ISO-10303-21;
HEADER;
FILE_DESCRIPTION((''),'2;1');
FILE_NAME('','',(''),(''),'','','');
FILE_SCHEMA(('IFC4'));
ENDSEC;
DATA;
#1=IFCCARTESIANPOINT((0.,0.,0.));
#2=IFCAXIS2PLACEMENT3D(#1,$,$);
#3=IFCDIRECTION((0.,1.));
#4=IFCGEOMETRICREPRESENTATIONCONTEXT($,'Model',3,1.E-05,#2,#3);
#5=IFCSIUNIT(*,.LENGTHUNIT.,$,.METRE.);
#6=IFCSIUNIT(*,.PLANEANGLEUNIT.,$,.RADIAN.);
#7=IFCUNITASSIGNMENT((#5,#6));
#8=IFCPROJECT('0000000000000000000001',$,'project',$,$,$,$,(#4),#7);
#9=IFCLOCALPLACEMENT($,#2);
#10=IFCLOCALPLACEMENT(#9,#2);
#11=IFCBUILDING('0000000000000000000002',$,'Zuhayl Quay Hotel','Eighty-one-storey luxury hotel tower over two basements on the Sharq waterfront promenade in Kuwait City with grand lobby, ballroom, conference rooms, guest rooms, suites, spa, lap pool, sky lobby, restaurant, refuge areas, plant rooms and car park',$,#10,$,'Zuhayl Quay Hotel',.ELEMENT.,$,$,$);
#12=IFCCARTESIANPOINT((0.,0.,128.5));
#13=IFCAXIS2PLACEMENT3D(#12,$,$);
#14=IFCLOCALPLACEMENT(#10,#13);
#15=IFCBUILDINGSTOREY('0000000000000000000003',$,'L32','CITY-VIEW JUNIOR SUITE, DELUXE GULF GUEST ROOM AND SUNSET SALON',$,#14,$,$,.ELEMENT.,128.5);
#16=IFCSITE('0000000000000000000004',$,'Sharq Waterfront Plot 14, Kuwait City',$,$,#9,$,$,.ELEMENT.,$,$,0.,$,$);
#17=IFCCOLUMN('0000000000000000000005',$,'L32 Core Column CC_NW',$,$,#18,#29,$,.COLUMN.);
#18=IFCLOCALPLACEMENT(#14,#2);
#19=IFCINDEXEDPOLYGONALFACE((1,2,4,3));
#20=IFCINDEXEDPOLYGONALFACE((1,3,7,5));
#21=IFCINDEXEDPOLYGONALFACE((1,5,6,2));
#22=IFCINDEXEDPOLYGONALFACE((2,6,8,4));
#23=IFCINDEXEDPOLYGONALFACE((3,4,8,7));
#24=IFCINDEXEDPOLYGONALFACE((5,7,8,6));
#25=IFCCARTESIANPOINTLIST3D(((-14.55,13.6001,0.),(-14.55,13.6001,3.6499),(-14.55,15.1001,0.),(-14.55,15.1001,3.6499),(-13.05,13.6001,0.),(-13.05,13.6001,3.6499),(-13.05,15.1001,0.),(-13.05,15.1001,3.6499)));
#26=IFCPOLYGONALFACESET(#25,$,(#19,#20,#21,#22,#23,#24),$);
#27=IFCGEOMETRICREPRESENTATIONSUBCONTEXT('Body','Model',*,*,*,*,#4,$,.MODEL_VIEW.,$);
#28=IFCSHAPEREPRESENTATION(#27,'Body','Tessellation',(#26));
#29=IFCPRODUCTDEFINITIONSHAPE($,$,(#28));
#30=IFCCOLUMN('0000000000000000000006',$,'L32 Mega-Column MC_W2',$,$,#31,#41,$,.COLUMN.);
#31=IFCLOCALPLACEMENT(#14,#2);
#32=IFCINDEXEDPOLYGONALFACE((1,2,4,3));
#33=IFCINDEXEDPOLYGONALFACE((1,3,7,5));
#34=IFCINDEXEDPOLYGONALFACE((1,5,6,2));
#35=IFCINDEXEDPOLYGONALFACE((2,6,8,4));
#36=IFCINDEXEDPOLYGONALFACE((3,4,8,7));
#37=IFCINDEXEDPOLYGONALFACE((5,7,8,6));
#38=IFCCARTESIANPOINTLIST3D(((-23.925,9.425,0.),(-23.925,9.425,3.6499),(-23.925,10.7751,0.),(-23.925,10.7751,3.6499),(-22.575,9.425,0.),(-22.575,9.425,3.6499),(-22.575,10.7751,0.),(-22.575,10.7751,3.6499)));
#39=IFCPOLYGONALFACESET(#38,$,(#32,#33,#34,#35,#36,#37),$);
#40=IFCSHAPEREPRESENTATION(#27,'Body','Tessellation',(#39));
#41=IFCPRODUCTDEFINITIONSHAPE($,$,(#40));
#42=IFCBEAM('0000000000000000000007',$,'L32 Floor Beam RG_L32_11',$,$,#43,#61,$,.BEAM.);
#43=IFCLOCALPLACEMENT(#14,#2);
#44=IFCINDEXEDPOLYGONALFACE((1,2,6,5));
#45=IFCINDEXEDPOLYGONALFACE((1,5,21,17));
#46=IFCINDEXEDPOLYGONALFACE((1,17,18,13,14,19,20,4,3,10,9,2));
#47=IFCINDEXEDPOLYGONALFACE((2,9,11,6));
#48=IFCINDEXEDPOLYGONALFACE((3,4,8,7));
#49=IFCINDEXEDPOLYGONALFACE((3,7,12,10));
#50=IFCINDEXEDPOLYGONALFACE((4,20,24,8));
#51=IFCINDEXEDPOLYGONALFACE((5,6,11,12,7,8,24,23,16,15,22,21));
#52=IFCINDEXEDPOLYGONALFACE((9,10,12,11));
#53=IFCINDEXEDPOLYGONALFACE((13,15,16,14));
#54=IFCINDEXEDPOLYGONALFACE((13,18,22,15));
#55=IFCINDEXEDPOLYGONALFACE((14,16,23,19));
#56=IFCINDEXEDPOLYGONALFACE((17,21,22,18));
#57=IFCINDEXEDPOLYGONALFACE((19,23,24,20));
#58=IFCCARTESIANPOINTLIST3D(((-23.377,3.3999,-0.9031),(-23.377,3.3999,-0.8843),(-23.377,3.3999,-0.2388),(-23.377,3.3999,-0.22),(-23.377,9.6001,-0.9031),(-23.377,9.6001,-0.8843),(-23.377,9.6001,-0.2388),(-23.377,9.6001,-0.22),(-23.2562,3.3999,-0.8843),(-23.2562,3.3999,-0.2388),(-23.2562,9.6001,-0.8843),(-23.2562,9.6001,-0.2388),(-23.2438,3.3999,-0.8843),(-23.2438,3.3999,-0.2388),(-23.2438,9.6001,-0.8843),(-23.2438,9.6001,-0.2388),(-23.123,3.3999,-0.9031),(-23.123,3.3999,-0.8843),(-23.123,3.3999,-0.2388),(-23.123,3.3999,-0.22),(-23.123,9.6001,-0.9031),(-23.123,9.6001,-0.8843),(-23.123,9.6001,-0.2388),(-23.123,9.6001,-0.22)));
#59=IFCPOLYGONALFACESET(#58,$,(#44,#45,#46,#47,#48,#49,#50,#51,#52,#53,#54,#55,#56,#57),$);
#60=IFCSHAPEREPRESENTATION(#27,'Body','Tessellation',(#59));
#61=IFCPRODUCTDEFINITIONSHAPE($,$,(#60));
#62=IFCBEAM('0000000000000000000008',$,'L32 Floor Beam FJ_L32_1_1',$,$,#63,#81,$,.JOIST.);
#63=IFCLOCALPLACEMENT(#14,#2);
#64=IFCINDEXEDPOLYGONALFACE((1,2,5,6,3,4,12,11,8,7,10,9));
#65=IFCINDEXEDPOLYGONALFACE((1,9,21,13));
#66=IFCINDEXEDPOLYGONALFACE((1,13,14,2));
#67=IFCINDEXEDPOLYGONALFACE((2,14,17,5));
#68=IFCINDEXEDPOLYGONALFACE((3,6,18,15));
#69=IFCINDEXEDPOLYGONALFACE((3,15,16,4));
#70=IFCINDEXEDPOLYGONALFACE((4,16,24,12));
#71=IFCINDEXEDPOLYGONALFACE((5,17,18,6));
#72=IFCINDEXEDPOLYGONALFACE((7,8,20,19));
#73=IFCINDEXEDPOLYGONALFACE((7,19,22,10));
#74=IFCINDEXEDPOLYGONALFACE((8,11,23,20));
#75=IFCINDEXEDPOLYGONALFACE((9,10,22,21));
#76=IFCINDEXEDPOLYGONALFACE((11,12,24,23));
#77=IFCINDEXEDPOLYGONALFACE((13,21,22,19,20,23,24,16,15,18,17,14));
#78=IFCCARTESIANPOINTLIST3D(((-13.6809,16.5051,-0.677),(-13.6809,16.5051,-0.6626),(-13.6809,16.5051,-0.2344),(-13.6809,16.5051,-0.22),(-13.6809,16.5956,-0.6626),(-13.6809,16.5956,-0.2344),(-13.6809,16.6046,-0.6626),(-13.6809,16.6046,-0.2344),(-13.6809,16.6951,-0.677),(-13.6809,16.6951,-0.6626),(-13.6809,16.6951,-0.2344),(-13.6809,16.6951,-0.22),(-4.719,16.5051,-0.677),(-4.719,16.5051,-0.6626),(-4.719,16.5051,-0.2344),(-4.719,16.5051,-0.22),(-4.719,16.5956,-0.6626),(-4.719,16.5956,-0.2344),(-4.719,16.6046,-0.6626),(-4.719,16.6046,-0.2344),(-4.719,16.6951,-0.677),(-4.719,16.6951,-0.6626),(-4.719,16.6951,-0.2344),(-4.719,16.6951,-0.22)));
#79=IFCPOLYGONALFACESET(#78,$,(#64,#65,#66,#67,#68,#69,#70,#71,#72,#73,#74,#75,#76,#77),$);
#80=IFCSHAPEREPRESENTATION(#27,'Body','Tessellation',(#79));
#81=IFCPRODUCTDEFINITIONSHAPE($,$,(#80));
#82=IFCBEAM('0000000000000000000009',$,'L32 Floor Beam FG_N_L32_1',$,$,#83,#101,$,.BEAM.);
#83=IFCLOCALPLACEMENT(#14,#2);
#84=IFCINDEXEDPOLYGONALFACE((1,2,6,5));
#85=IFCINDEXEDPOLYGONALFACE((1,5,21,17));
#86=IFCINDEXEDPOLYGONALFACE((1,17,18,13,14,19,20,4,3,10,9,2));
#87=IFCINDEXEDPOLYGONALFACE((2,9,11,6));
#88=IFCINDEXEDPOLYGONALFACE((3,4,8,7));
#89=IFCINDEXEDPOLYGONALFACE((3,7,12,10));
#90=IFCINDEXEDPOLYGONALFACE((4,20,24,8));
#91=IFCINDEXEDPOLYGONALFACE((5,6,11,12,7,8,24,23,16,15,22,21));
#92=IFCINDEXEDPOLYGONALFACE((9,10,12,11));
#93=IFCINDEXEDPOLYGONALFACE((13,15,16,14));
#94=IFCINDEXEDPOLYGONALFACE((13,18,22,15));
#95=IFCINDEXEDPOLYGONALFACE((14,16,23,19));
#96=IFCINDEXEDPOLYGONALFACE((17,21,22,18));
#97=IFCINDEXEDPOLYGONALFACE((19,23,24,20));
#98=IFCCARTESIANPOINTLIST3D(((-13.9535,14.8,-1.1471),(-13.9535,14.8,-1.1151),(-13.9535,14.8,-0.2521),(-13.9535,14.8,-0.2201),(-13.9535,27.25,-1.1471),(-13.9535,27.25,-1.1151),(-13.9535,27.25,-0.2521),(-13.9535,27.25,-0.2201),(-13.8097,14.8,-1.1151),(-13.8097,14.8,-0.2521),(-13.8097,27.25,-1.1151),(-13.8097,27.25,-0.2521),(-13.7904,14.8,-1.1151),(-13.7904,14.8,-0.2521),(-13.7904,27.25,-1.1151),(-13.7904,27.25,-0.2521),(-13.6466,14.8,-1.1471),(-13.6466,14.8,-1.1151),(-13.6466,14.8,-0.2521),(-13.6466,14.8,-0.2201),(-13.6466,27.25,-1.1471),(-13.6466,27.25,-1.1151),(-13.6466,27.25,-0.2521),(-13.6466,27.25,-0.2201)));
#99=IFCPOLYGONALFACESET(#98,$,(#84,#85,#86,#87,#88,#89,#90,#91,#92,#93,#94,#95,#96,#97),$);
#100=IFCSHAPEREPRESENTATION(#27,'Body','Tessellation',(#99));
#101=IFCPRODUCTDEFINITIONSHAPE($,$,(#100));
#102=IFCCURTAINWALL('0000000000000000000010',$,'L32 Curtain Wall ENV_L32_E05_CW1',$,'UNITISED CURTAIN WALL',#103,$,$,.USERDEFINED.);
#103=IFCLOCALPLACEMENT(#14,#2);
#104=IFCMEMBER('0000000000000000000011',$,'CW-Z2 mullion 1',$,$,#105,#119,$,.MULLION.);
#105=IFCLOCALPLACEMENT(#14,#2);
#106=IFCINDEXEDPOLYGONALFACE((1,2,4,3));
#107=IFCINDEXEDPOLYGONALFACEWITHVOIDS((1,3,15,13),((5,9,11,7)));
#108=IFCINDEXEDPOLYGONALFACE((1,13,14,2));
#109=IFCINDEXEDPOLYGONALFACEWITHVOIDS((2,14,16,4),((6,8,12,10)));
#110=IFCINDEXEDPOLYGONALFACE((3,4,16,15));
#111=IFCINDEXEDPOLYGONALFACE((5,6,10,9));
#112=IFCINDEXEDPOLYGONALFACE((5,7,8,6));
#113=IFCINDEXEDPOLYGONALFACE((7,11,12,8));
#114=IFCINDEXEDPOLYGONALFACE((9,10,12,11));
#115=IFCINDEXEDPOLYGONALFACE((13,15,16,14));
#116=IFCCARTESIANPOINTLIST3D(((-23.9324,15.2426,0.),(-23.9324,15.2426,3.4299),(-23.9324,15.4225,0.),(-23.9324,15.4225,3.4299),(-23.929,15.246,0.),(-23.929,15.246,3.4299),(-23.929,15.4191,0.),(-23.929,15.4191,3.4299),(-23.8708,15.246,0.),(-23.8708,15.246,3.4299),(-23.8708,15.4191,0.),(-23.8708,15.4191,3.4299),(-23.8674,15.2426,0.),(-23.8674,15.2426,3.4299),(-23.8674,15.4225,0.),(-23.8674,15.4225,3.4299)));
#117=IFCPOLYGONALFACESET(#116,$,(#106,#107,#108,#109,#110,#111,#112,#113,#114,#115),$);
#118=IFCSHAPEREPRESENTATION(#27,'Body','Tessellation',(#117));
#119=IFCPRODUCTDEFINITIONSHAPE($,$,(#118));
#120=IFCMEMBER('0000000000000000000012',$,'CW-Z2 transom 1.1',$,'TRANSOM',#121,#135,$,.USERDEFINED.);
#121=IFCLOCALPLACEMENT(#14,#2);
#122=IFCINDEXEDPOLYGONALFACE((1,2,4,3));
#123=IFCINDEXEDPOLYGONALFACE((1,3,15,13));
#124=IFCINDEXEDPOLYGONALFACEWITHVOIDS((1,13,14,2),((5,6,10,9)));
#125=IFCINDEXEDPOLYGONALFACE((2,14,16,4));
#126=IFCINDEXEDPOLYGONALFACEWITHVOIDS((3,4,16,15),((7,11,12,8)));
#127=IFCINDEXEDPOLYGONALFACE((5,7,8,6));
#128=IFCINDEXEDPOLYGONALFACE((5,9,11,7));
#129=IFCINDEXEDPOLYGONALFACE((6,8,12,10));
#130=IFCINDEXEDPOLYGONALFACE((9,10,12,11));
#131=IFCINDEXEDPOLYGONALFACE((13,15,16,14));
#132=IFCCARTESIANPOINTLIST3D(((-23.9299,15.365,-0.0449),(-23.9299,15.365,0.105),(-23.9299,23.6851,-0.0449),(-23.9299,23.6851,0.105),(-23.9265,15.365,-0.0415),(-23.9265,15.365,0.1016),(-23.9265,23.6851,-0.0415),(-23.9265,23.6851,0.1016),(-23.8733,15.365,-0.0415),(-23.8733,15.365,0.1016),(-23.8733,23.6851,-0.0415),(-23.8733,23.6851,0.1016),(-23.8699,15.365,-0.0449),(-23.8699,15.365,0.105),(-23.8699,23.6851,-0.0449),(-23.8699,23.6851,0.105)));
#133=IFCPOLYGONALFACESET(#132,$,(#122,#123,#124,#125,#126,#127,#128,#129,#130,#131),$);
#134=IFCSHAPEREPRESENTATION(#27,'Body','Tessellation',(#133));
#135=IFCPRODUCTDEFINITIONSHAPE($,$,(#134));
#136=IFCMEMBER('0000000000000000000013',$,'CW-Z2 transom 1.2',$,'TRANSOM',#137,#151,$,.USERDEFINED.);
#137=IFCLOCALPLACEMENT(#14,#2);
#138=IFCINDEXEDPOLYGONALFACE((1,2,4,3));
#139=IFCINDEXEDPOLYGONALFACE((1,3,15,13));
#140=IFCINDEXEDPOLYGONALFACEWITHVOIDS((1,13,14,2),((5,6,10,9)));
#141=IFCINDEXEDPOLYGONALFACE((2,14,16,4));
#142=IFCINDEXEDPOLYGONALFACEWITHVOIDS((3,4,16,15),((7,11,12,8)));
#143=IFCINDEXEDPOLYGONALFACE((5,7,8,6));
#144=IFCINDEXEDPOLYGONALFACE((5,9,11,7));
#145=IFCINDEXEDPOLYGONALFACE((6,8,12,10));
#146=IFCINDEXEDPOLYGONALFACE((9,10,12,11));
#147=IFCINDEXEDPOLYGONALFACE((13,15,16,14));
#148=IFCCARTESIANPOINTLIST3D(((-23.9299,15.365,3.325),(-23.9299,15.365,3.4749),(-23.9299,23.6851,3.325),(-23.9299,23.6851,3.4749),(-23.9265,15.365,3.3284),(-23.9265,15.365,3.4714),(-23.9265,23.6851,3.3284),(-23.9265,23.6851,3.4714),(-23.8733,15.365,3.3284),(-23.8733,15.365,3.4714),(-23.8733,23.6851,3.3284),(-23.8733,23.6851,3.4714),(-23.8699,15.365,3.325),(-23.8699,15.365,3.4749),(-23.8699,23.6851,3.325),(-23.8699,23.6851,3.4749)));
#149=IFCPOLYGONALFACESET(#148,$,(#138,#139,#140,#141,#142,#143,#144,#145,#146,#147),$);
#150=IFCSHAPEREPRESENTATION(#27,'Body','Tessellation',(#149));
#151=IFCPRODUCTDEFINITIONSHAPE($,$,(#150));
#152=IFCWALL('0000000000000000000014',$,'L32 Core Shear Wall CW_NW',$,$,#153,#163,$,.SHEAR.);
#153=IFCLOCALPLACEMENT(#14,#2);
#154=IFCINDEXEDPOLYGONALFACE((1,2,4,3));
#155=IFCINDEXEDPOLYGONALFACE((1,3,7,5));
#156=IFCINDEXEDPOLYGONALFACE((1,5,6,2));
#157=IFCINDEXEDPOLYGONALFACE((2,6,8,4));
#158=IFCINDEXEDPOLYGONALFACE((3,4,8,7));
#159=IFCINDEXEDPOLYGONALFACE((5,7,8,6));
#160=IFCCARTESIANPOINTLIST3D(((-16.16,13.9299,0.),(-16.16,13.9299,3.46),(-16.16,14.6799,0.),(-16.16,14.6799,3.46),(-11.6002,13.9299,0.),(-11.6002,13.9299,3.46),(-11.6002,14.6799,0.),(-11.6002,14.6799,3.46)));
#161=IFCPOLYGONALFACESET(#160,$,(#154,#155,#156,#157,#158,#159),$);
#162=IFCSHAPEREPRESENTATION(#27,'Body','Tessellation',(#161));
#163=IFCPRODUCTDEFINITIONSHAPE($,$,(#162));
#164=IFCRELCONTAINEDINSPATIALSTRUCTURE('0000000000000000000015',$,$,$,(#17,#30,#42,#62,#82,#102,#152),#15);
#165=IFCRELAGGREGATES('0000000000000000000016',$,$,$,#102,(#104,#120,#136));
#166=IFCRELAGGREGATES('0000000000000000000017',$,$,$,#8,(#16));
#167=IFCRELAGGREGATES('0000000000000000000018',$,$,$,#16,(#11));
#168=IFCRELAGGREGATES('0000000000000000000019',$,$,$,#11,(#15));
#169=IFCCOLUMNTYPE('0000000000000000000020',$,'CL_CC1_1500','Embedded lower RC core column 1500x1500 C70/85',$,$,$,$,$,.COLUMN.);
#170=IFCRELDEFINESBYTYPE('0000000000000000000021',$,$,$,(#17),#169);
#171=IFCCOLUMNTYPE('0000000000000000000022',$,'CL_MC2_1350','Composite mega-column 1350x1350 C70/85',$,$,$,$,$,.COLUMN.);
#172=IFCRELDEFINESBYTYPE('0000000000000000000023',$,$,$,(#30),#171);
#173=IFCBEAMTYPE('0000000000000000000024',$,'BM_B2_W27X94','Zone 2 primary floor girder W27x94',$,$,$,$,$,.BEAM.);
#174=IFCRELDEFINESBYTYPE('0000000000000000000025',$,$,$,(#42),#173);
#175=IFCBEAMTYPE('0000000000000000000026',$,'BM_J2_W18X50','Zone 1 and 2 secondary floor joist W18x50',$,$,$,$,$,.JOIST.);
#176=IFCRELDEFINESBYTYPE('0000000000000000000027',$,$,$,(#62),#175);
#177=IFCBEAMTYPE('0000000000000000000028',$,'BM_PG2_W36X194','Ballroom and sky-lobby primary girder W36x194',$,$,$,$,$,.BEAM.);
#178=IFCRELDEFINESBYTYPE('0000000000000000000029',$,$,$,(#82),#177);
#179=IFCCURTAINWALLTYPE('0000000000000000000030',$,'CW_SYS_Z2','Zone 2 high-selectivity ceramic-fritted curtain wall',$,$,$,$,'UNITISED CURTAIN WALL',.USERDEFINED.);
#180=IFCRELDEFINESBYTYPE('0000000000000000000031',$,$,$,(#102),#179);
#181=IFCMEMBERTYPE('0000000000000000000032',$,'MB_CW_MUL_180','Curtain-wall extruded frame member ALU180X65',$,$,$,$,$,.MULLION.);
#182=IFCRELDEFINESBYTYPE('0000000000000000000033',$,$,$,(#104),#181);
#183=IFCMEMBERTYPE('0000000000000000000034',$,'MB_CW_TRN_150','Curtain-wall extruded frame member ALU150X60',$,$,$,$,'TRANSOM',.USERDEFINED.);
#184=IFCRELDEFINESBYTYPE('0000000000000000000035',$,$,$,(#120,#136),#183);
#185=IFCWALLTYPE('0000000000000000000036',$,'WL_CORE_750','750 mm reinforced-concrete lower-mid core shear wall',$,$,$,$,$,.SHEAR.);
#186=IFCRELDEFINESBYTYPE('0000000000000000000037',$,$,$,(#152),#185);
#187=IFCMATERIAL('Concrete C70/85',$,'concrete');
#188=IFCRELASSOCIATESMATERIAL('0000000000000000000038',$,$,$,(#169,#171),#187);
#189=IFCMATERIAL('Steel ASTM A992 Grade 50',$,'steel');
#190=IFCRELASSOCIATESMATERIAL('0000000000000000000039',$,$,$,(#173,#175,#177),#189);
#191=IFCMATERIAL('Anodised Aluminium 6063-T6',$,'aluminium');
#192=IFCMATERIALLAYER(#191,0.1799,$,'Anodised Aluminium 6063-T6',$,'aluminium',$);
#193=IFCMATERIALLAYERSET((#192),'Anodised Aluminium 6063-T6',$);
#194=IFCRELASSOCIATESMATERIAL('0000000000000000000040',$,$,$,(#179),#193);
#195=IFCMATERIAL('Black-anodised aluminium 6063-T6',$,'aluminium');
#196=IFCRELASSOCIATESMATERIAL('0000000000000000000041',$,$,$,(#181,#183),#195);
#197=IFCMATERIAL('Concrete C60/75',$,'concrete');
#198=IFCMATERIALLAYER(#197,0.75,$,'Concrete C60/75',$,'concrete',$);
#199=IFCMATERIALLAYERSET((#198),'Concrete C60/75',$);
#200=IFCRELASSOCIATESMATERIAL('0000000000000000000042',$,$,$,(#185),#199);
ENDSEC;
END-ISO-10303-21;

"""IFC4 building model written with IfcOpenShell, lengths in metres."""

from ifc_helpers import new_model, si_unit, direction, frame, frame_2d, origin, origin_2d, place, context, subcontext, project, spatial, rectangle, hollow_rectangle, i_section, extrude, material, layer, layer_set, material_profile, profile_set, type_object, element, aggregate, save


model = new_model("IFC4")

# Units and contexts
model_context = context("Model", 3, precision=1e-05, world=origin(), true_north=direction((0.0, 1.0)))
body_context = subcontext(model_context, "Body", "Model", "MODEL_VIEW")
ifc_project = project(units=[si_unit("LENGTHUNIT", "METRE"), si_unit("PLANEANGLEUNIT", "RADIAN")], contexts=[model_context])

# Site, building, storey
site_placement = place(None, origin())
site = spatial("IfcSite", under=ifc_project, at=site_placement, Name="Sharq Waterfront Plot 14, Kuwait City", CompositionType="ELEMENT", RefElevation=0.0)
building_placement = place(site_placement, origin())
building = spatial("IfcBuilding", under=site, at=building_placement, Name="Zuhayl Quay Hotel", Description="Eighty-one-storey luxury hotel tower over two basements on the Sharq waterfront promenade in Kuwait City with grand lobby, ballroom, conference rooms, guest rooms, suites, spa, lap pool, sky lobby, restaurant, refuge areas, plant rooms and car park", LongName="Zuhayl Quay Hotel", CompositionType="ELEMENT")
storey_placement = place(building_placement, frame((0.0, 0.0, 128.5)))
storey = spatial("IfcBuildingStorey", under=building, at=storey_placement, Name="L32", Description="CITY-VIEW JUNIOR SUITE, DELUXE GULF GUEST ROOM AND SUNSET SALON", CompositionType="ELEMENT", Elevation=128.5)

# Columns
ifc_material_1 = material(Name="Concrete C70/85", Category="concrete")
ifc_material_profile_1 = material_profile(ifc_material_1, rectangle(XDim=1.5, YDim=1.5, at=origin_2d()), Name="RC1500X1500")
ifc_profile_set_1 = profile_set([ifc_material_profile_1], Name="Concrete C70/85")
column_type_1 = type_object("IfcColumnType", Name="CL_CC1_1500", Description="Embedded lower RC core column 1500x1500 C70/85", PredefinedType="COLUMN", material=ifc_profile_set_1)
column_1_placement = place(storey_placement, frame((-13.8, 14.3501, 0.0), z_axis=(0.0, 0.0, 1.0), x_axis=(1.0, 0.0, 0.0)))
element("IfcColumn", 1, at=column_1_placement, inside=storey, type_object=column_type_1, Name="L32 Core Column CC_NW", PredefinedType="COLUMN", context=body_context, shape_type="SweptSolid", body=[
    extrude(rectangle(XDim=1.5, YDim=1.5, at=origin_2d()), origin(), (0.0, 0.0, 1.0), 3.6499),
])
ifc_material_profile_2 = material_profile(ifc_material_1, rectangle(XDim=1.3501, YDim=1.3501, at=origin_2d()), Name="RC1350X1350")
ifc_profile_set_2 = profile_set([ifc_material_profile_2], Name="Concrete C70/85")
column_type_2 = type_object("IfcColumnType", Name="CL_MC2_1350", Description="Composite mega-column 1350x1350 C70/85", PredefinedType="COLUMN", material=ifc_profile_set_2)
column_2_placement = place(storey_placement, frame((-23.25, 10.1001, 0.0), z_axis=(0.0, 0.0, 1.0), x_axis=(1.0, 0.0, 0.0)))
element("IfcColumn", 2, at=column_2_placement, inside=storey, type_object=column_type_2, Name="L32 Mega-Column MC_W2", PredefinedType="COLUMN", context=body_context, shape_type="SweptSolid", body=[
    extrude(rectangle(XDim=1.3501, YDim=1.3501, at=origin_2d()), origin(), (0.0, 0.0, 1.0), 3.6499),
])

# Beams
ifc_material_2 = material(Name="Steel ASTM A992 Grade 50", Category="steel")
ifc_material_profile_3 = material_profile(ifc_material_2, i_section(OverallWidth=0.2539, OverallDepth=0.6831, WebThickness=0.0125, FlangeThickness=0.0188, at=origin_2d()), Name="W27X94")
ifc_profile_set_3 = profile_set([ifc_material_profile_3], Name="Steel ASTM A992 Grade 50")
beam_type_1 = type_object("IfcBeamType", Name="BM_B2_W27X94", Description="Zone 2 primary floor girder W27x94", PredefinedType="BEAM", material=ifc_profile_set_3)
beam_1_placement = place(storey_placement, frame((-23.25, 9.6001, -0.5615), z_axis=(0.0, -1.0, 0.0), x_axis=(1.0, 0.0, 0.0)))
element("IfcBeam", 3, at=beam_1_placement, inside=storey, type_object=beam_type_1, Name="L32 Floor Beam RG_L32_11", PredefinedType="BEAM", context=body_context, shape_type="SweptSolid", body=[
    extrude(i_section(OverallWidth=0.2539, OverallDepth=0.6831, WebThickness=0.0125, FlangeThickness=0.0188, at=origin_2d()), origin(), (0.0, 0.0, 1.0), 6.2002),
])
ifc_material_profile_4 = material_profile(ifc_material_2, i_section(OverallWidth=0.1899, OverallDepth=0.457, WebThickness=0.009, FlangeThickness=0.0144, at=origin_2d()), Name="W18X50")
ifc_profile_set_4 = profile_set([ifc_material_profile_4], Name="Steel ASTM A992 Grade 50")
beam_type_2 = type_object("IfcBeamType", Name="BM_J2_W18X50", Description="Zone 1 and 2 secondary floor joist W18x50", PredefinedType="JOIST", material=ifc_profile_set_4)
beam_2_placement = place(storey_placement, frame((-13.6809, 16.6001, -0.4485), z_axis=(1.0, 0.0, 0.0), x_axis=(0.0, 1.0, 0.0)))
element("IfcBeam", 4, at=beam_2_placement, inside=storey, type_object=beam_type_2, Name="L32 Floor Beam FJ_L32_1_1", PredefinedType="JOIST", context=body_context, shape_type="SweptSolid", body=[
    extrude(i_section(OverallWidth=0.1899, OverallDepth=0.457, WebThickness=0.009, FlangeThickness=0.0144, at=origin_2d()), origin(), (0.0, 0.0, 1.0), 8.9619),
])
ifc_material_profile_5 = material_profile(ifc_material_2, i_section(OverallWidth=0.3069, OverallDepth=0.927, WebThickness=0.0193, FlangeThickness=0.032, at=origin_2d()), Name="W36X194")
ifc_profile_set_5 = profile_set([ifc_material_profile_5], Name="Steel ASTM A992 Grade 50")
beam_type_3 = type_object("IfcBeamType", Name="BM_PG2_W36X194", Description="Ballroom and sky-lobby primary girder W36x194", PredefinedType="BEAM", material=ifc_profile_set_5)
beam_3_placement = place(storey_placement, frame((-13.8, 14.8, -0.6836), z_axis=(0.0, 1.0, 0.0), x_axis=(-1.0, 0.0, 0.0)))
element("IfcBeam", 5, at=beam_3_placement, inside=storey, type_object=beam_type_3, Name="L32 Floor Beam FG_N_L32_1", PredefinedType="BEAM", context=body_context, shape_type="SweptSolid", body=[
    extrude(i_section(OverallWidth=0.3069, OverallDepth=0.927, WebThickness=0.0193, FlangeThickness=0.032, at=origin_2d()), origin(), (0.0, 0.0, 1.0), 12.45),
])

# Curtain wall, members
ifc_material_3 = material(Name="Anodised Aluminium 6063-T6", Category="aluminium")
ifc_layer_1 = layer(ifc_material_3, 0.1799, Name="Anodised Aluminium 6063-T6", Category="aluminium")
ifc_layer_set_1 = layer_set([ifc_layer_1], Name="Anodised Aluminium 6063-T6")
curtain_wall_type = type_object("IfcCurtainWallType", Name="CW_SYS_Z2", Description="Zone 2 high-selectivity ceramic-fritted curtain wall", ElementType="UNITISED CURTAIN WALL", PredefinedType="USERDEFINED", material=ifc_layer_set_1)
curtain_wall_placement = place(storey_placement, origin())
curtain_wall = element("IfcCurtainWall", 6, at=curtain_wall_placement, inside=storey, type_object=curtain_wall_type, Name="L32 Curtain Wall ENV_L32_E05_CW1", ObjectType="UNITISED CURTAIN WALL", PredefinedType="USERDEFINED")
ifc_material_4 = material(Name="Black-anodised aluminium 6063-T6", Category="aluminium")
ifc_material_profile_6 = material_profile(ifc_material_4, hollow_rectangle(XDim=0.0649, YDim=0.1799, WallThickness=0.0034, at=origin_2d()), Name="ALU180X65")
ifc_profile_set_6 = profile_set([ifc_material_profile_6], Name="Black-anodised aluminium 6063-T6")
member_type_1 = type_object("IfcMemberType", Name="MB_CW_MUL_180", Description="Curtain-wall extruded frame member ALU180X65", PredefinedType="MULLION", material=ifc_profile_set_6)
member_1_placement = place(storey_placement, frame((-23.8999, 15.3325, 0.0), z_axis=(0.0, 0.0, 1.0), x_axis=(-1.0, 0.0, 0.0)))
member_1 = element("IfcMember", 7, at=member_1_placement, type_object=member_type_1, Name="CW-Z2 mullion 1", PredefinedType="MULLION", context=body_context, shape_type="SweptSolid", body=[
    extrude(hollow_rectangle(XDim=0.0649, YDim=0.1799, WallThickness=0.0034, at=origin_2d()), origin(), (0.0, 0.0, 1.0), 3.4299),
])
ifc_material_profile_7 = material_profile(ifc_material_4, hollow_rectangle(XDim=0.0601, YDim=0.1499, WallThickness=0.0034, at=origin_2d()), Name="ALU150X60")
ifc_profile_set_7 = profile_set([ifc_material_profile_7], Name="Black-anodised aluminium 6063-T6")
member_type_2 = type_object("IfcMemberType", Name="MB_CW_TRN_150", Description="Curtain-wall extruded frame member ALU150X60", ElementType="TRANSOM", PredefinedType="USERDEFINED", material=ifc_profile_set_7)
member_2_placement = place(storey_placement, frame((-23.8999, 15.365, 0.03), z_axis=(0.0, 1.0, 0.0), x_axis=(-1.0, 0.0, 0.0)))
member_2 = element("IfcMember", 8, at=member_2_placement, type_object=member_type_2, Name="CW-Z2 transom 1.1", ObjectType="TRANSOM", PredefinedType="USERDEFINED", context=body_context, shape_type="SweptSolid", body=[
    extrude(hollow_rectangle(XDim=0.0601, YDim=0.1499, WallThickness=0.0034, at=origin_2d()), origin(), (0.0, 0.0, 1.0), 8.3201),
])
member_3_placement = place(storey_placement, frame((-23.8999, 15.365, 3.3999), z_axis=(0.0, 1.0, 0.0), x_axis=(-1.0, 0.0, 0.0)))
member_3 = element("IfcMember", 9, at=member_3_placement, type_object=member_type_2, Name="CW-Z2 transom 1.2", ObjectType="TRANSOM", PredefinedType="USERDEFINED", context=body_context, shape_type="SweptSolid", body=[
    extrude(hollow_rectangle(XDim=0.0601, YDim=0.1499, WallThickness=0.0034, at=origin_2d()), origin(), (0.0, 0.0, 1.0), 8.3201),
])
aggregate(curtain_wall, [member_1, member_2, member_3])

# Wall
ifc_material_5 = material(Name="Concrete C60/75", Category="concrete")
ifc_layer_2 = layer(ifc_material_5, 0.75, Name="Concrete C60/75", Category="concrete")
ifc_layer_set_2 = layer_set([ifc_layer_2], Name="Concrete C60/75")
wall_type_1 = type_object("IfcWallType", Name="WL_CORE_750", Description="750 mm reinforced-concrete lower-mid core shear wall", PredefinedType="SHEAR", material=ifc_layer_set_2)
wall_1_placement = place(storey_placement, frame((-16.1599, 14.3049, 0.0), z_axis=(0.0, 0.0, 1.0), x_axis=(1.0, 0.0, 0.0)))
element("IfcWall", 10, at=wall_1_placement, inside=storey, type_object=wall_type_1, Name="L32 Core Shear Wall CW_NW", PredefinedType="SHEAR", context=body_context, shape_type="SweptSolid", body=[
    extrude(rectangle(XDim=4.5598, YDim=0.75, at=frame_2d((2.2798, 0.0))), origin(), (0.0, 0.0, 1.0), 3.46),
])

save(model, "model.ifc")
